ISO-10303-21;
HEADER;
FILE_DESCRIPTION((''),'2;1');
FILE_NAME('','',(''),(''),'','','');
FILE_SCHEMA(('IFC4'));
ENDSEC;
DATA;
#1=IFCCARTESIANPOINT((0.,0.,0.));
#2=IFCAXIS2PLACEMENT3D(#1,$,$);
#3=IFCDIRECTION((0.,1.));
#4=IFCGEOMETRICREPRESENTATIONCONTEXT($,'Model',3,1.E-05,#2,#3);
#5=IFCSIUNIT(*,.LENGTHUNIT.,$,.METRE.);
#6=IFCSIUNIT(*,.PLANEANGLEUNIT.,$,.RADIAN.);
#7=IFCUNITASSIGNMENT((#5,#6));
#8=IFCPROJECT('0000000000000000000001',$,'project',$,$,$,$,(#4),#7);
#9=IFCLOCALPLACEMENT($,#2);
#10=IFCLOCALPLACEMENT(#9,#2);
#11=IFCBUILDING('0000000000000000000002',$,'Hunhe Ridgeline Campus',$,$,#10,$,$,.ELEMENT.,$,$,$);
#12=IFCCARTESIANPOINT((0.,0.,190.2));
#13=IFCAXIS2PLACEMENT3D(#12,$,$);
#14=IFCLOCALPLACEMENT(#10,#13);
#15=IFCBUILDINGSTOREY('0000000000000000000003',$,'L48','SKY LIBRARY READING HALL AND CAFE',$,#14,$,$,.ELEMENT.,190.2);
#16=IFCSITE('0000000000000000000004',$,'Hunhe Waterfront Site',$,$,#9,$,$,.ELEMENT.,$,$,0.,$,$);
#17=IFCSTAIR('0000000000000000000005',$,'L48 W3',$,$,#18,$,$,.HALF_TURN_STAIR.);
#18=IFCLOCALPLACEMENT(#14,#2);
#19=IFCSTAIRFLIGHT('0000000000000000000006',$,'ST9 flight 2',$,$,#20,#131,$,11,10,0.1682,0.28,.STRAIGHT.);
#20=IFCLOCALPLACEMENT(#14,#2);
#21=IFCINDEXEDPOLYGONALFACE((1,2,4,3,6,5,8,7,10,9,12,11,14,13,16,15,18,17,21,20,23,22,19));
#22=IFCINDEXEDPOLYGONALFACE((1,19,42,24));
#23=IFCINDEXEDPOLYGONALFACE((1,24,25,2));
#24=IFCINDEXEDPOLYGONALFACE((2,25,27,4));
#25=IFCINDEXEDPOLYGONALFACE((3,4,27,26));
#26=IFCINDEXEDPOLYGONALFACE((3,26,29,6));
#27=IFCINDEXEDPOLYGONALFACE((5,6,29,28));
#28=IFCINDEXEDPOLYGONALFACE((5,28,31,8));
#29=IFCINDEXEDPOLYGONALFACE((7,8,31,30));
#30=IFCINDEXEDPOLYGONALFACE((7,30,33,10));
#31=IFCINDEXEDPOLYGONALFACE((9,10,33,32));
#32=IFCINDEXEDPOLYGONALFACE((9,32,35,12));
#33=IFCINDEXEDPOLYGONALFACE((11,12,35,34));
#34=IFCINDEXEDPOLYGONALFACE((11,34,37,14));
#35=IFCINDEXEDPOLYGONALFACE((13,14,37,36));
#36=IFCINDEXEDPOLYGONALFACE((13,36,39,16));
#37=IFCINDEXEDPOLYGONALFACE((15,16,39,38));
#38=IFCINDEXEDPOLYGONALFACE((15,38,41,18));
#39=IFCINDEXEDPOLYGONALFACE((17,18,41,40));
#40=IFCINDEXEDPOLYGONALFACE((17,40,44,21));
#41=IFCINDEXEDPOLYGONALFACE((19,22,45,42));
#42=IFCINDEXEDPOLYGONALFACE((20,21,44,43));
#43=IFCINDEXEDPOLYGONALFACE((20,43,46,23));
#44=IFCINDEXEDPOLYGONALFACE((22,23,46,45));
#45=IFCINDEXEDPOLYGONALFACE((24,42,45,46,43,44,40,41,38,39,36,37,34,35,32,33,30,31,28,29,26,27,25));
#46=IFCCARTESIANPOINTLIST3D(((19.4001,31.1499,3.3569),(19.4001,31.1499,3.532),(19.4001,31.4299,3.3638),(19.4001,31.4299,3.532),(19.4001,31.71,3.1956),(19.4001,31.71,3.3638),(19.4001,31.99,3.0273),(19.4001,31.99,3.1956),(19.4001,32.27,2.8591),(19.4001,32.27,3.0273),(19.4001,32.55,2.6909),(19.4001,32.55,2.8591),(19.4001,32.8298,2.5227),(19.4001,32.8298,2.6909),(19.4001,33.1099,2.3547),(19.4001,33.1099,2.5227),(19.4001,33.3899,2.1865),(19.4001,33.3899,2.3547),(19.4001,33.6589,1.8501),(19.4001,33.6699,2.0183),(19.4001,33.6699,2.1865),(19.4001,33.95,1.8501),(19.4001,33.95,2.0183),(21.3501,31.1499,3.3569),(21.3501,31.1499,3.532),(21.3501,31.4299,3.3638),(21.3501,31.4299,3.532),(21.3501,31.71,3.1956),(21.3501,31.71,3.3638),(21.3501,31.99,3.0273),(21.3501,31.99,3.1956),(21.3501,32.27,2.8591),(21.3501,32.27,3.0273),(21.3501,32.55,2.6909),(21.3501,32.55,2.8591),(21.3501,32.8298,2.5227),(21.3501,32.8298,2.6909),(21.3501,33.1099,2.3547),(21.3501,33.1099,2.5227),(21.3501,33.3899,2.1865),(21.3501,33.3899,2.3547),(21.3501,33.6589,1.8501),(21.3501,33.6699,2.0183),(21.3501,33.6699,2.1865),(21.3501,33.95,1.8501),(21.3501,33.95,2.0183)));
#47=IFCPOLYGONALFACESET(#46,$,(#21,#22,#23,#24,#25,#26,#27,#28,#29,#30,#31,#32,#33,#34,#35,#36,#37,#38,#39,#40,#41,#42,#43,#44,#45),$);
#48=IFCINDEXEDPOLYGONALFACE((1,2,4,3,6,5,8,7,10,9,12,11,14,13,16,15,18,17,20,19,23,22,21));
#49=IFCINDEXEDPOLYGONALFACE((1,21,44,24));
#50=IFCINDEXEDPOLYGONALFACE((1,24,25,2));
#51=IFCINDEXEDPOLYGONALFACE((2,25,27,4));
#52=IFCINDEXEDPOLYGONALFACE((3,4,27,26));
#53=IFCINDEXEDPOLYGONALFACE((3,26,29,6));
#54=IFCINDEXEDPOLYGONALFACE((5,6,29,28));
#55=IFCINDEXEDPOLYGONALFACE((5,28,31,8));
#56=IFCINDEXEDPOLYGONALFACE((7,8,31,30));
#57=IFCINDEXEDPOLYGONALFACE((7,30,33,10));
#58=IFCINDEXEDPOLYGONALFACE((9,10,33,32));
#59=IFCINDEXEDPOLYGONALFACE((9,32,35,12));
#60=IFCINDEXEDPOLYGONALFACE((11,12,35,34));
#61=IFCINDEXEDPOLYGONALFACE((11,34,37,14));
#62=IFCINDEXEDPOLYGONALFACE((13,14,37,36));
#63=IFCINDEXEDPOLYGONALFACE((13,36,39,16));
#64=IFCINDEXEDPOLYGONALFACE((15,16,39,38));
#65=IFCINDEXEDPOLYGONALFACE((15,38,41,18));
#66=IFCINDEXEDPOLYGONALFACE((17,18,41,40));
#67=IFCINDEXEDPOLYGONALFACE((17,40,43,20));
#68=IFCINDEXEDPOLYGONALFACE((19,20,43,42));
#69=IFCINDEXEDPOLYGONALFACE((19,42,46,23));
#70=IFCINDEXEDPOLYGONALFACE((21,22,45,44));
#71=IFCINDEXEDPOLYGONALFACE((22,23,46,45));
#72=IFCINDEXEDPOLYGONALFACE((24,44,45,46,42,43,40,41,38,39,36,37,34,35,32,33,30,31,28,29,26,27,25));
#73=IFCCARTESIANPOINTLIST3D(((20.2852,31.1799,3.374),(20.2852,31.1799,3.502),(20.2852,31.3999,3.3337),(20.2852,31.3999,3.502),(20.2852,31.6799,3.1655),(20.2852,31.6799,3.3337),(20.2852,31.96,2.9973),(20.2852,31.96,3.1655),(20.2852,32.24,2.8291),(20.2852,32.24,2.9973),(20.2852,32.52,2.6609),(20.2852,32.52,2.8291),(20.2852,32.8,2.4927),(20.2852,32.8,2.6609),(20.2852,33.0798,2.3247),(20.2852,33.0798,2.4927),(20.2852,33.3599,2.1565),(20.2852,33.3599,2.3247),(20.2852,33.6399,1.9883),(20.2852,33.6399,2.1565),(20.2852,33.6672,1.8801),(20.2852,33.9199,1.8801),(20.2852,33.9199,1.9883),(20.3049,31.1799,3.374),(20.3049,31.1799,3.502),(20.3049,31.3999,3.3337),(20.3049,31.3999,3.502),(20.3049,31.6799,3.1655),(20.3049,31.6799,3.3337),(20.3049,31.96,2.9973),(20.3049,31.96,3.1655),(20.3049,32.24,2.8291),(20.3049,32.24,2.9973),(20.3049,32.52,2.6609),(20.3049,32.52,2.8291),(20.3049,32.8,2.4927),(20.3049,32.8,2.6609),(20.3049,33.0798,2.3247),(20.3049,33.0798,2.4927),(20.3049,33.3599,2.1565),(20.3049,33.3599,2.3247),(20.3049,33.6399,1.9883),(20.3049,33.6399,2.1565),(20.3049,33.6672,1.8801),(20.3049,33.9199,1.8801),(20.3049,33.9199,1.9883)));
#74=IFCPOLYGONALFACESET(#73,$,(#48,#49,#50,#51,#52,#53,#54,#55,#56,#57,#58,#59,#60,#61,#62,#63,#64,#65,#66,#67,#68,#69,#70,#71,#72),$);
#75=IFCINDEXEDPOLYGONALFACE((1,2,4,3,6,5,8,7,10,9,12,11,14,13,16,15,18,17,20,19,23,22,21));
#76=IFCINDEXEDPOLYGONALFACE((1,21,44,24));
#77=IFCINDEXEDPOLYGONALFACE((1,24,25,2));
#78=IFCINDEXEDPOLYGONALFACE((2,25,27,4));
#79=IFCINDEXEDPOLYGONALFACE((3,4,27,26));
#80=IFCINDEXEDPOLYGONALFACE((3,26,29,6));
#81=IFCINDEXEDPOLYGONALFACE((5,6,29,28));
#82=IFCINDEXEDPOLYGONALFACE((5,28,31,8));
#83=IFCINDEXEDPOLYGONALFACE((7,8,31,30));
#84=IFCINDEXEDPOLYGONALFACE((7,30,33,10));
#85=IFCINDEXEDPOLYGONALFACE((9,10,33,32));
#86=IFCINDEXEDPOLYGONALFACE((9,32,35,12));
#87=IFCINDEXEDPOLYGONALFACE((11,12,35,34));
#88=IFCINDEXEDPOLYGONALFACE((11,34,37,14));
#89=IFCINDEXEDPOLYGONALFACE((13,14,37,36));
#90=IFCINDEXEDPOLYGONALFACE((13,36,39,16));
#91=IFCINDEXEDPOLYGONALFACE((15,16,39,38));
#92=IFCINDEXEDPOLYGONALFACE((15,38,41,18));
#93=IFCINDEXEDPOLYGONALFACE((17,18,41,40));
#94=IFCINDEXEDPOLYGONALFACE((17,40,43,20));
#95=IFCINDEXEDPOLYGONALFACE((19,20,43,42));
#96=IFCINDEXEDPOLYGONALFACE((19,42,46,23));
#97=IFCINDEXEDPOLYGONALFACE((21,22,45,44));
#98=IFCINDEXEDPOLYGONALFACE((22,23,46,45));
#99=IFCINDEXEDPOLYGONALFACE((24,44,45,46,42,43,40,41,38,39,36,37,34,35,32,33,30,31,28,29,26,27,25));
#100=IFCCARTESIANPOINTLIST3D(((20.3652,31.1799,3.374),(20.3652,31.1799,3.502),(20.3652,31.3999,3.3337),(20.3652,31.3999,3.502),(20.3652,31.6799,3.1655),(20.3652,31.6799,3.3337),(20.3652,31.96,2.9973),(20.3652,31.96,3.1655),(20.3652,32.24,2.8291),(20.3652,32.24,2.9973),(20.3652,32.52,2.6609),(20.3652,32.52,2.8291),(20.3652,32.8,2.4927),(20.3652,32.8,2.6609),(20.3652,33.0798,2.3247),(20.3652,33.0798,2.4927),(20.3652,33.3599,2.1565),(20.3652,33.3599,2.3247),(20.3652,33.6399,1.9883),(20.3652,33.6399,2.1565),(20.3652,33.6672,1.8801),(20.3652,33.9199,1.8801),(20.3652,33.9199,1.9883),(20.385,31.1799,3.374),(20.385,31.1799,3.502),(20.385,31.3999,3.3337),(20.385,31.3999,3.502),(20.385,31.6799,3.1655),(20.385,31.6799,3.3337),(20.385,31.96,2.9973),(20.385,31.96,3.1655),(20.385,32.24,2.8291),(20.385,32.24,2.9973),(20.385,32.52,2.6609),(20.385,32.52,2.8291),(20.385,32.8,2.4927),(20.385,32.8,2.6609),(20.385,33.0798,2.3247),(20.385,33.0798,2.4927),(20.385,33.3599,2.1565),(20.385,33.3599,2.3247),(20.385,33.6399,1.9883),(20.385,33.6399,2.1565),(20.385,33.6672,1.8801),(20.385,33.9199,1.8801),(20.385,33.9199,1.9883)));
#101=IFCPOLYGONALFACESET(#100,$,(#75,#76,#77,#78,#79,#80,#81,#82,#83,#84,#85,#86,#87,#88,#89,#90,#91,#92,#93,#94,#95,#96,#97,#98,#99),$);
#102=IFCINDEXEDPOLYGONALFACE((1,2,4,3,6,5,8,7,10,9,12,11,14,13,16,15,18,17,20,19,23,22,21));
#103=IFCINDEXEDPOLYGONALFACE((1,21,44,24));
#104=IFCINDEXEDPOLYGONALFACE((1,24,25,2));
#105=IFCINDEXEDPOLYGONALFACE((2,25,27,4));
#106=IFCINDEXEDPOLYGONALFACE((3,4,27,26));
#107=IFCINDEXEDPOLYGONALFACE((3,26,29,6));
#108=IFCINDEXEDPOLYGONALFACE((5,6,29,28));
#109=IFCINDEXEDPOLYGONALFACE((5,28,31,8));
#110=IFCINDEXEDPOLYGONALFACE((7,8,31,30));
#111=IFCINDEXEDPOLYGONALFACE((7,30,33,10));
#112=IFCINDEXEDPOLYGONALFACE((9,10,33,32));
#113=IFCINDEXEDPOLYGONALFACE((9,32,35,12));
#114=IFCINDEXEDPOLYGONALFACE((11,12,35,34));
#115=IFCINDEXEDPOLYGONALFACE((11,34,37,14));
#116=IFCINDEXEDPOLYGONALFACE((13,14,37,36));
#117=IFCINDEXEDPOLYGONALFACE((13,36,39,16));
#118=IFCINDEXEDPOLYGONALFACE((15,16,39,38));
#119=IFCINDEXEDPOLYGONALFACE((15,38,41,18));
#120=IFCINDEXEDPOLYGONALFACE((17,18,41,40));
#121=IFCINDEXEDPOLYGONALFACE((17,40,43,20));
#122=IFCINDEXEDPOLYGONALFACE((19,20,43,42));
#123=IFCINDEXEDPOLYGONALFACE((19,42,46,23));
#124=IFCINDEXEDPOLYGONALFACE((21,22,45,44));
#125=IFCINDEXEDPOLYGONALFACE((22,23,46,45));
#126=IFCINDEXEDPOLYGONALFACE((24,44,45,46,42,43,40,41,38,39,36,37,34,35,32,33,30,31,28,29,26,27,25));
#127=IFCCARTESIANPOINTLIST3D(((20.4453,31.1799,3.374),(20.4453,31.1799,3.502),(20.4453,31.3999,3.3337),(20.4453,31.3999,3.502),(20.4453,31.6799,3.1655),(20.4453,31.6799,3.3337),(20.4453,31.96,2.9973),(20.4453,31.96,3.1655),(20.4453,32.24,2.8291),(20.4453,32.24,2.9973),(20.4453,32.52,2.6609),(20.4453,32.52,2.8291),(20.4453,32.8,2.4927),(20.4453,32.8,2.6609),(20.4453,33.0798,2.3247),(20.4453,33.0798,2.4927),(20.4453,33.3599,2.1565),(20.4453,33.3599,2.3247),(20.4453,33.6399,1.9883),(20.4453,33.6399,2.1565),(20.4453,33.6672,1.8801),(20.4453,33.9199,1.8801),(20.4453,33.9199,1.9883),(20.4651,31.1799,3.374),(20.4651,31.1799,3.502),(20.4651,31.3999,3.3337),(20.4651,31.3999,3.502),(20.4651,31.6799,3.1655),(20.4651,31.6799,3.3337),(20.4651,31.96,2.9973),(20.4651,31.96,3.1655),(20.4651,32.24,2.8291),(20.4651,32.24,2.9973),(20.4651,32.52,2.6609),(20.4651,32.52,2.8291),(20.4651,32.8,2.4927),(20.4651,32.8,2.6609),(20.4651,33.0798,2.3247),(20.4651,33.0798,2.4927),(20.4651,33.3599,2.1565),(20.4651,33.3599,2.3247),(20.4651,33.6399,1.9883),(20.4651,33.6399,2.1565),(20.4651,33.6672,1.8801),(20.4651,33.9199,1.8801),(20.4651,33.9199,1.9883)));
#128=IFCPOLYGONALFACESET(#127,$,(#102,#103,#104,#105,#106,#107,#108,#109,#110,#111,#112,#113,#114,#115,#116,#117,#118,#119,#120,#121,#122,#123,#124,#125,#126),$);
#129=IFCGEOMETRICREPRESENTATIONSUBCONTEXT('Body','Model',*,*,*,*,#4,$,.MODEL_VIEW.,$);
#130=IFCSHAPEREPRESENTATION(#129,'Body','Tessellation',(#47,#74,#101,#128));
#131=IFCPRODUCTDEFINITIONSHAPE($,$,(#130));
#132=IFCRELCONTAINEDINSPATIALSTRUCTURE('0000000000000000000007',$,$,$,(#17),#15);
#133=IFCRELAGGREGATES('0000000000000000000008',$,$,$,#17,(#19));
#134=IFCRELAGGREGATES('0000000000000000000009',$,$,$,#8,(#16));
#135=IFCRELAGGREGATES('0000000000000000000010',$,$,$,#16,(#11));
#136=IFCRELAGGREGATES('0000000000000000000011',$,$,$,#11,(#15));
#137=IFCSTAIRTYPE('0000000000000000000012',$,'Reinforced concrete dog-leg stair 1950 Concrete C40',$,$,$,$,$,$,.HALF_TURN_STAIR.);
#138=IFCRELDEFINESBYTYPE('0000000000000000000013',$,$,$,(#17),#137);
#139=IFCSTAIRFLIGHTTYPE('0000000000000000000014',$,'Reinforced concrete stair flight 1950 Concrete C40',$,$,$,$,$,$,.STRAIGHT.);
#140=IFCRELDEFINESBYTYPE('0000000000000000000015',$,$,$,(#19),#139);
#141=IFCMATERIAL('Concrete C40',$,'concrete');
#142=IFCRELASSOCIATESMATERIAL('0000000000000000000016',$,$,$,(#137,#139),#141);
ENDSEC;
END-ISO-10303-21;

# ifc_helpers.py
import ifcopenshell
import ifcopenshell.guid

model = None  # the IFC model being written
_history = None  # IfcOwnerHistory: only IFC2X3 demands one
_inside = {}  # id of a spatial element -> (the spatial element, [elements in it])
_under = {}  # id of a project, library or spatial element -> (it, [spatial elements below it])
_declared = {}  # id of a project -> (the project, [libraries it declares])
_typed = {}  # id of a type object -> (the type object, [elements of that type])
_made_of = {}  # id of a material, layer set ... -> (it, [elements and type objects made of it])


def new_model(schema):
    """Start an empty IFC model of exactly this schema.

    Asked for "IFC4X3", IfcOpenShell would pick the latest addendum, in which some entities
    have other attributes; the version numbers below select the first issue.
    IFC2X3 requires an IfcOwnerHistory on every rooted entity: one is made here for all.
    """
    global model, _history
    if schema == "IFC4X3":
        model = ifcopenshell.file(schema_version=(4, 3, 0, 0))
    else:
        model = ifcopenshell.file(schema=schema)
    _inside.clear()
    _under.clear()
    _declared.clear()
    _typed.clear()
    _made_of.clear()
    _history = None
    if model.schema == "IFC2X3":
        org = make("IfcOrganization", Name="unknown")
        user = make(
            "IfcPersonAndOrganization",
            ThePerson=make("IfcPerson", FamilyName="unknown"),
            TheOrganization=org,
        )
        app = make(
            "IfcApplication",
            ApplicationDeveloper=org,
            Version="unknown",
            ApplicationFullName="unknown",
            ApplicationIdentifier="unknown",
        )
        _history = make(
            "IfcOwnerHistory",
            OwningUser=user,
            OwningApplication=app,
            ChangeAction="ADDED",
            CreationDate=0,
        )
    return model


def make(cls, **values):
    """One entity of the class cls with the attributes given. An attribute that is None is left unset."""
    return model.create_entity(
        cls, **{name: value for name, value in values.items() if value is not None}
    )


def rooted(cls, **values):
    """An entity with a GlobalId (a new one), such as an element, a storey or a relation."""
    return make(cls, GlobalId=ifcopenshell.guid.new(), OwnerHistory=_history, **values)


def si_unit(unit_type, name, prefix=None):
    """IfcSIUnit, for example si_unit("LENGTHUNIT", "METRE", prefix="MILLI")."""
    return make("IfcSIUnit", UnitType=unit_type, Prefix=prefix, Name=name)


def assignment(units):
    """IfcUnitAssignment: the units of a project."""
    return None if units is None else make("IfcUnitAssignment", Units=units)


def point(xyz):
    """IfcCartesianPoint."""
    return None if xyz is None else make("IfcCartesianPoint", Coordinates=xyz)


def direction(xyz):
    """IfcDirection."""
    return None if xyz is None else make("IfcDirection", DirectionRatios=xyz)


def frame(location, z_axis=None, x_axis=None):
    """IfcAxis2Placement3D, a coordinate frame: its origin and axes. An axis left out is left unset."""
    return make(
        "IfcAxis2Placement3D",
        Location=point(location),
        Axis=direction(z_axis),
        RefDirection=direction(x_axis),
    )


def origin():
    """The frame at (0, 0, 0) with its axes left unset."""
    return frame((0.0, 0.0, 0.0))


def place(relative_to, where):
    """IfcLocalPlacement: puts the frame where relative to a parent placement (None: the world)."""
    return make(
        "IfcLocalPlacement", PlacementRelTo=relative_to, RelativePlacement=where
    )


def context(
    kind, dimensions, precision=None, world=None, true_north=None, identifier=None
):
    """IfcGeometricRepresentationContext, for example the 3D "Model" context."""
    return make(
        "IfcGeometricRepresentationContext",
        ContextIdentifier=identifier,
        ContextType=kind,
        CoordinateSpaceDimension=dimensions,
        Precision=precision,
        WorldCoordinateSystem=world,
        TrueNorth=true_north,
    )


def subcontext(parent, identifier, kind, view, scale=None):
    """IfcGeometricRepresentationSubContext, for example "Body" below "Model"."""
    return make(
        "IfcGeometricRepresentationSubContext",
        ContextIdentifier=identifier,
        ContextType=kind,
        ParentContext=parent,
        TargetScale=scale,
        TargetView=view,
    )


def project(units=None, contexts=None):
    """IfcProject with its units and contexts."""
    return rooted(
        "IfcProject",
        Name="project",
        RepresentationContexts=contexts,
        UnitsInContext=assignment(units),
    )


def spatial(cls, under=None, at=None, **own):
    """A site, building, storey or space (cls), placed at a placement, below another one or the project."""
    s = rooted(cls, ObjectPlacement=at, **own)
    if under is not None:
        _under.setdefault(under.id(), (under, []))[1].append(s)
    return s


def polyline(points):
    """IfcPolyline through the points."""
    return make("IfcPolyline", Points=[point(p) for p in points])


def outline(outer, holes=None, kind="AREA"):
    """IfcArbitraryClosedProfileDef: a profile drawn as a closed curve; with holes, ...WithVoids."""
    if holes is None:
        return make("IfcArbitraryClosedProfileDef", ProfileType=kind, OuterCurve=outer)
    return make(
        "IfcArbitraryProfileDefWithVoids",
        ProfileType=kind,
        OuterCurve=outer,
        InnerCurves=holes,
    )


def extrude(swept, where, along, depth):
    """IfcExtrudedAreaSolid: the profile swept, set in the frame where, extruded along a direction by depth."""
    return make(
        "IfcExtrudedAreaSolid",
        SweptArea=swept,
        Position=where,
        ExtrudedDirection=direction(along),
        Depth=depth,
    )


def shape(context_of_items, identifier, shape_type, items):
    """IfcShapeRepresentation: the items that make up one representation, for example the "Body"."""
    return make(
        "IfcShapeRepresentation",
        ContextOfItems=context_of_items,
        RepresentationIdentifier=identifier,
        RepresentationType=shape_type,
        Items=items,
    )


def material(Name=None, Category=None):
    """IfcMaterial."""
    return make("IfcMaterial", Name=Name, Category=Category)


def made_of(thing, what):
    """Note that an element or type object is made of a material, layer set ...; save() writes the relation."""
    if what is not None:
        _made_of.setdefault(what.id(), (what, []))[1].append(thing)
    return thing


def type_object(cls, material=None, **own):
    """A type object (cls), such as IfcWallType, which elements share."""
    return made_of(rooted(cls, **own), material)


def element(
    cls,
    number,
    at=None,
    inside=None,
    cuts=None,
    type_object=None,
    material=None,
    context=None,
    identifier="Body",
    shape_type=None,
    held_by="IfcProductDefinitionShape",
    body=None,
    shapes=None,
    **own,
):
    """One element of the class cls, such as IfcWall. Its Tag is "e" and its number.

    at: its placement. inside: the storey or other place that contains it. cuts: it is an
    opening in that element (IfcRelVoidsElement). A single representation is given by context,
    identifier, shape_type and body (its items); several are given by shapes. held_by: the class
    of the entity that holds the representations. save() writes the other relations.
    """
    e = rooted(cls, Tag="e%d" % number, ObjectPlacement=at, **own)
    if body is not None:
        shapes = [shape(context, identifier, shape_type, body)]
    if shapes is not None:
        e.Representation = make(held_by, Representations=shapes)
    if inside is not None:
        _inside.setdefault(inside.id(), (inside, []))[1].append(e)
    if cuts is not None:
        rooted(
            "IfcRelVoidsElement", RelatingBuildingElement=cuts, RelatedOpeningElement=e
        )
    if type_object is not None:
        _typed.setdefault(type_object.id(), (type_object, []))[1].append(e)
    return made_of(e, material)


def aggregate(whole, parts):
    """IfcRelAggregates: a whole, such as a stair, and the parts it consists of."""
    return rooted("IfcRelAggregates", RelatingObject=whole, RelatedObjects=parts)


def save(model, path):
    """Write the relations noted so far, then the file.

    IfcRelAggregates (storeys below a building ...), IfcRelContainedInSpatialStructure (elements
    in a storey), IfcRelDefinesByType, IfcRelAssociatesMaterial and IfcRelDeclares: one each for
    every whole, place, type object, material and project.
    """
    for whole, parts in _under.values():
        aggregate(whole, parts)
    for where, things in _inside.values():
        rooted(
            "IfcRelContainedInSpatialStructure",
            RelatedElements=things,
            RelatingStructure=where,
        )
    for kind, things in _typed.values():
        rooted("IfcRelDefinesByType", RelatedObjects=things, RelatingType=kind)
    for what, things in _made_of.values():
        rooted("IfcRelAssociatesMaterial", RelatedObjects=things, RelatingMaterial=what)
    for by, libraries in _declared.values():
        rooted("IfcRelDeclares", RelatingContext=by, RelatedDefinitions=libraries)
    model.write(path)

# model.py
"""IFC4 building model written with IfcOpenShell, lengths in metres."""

from ifc_helpers import new_model, si_unit, direction, frame, origin, place, context, subcontext, project, spatial, polyline, outline, extrude, material, type_object, element, aggregate, save


model = new_model("IFC4")

# Units and contexts
model_context = context("Model", 3, precision=1e-05, world=origin(), true_north=direction((0.0, 1.0)))
body_context = subcontext(model_context, "Body", "Model", "MODEL_VIEW")
ifc_project = project(units=[si_unit("LENGTHUNIT", "METRE"), si_unit("PLANEANGLEUNIT", "RADIAN")], contexts=[model_context])

# Site, building, storey
site_placement = place(None, origin())
site = spatial("IfcSite", under=ifc_project, at=site_placement, Name="Hunhe Waterfront Site", CompositionType="ELEMENT", RefElevation=0.0)
building_placement = place(site_placement, origin())
building = spatial("IfcBuilding", under=site, at=building_placement, Name="Hunhe Ridgeline Campus", CompositionType="ELEMENT")
storey_placement = place(building_placement, frame((0.0, 0.0, 190.2)))
storey = spatial("IfcBuildingStorey", under=building, at=storey_placement, Name="L48", Description="SKY LIBRARY READING HALL AND CAFE", CompositionType="ELEMENT", Elevation=190.2)

# Stair, stair flight
ifc_material_1 = material(Name="Concrete C40", Category="concrete")
stair_type = type_object("IfcStairType", Name="Reinforced concrete dog-leg stair 1950 Concrete C40", PredefinedType="HALF_TURN_STAIR", material=ifc_material_1)
stair_placement = place(storey_placement, origin())
stair = element("IfcStair", 1, at=stair_placement, inside=storey, type_object=stair_type, Name="L48 W3", PredefinedType="HALF_TURN_STAIR")
stair_flight_type = type_object("IfcStairFlightType", Name="Reinforced concrete stair flight 1950 Concrete C40", PredefinedType="STRAIGHT", material=ifc_material_1)
stair_flight_1_placement = place(storey_placement, frame((20.375, 33.95, 1.8501), z_axis=(0.0, 0.0, 1.0), x_axis=(0.0, -1.0, 0.0)))
stair_flight_1 = element("IfcStairFlight", 2, at=stair_flight_1_placement, type_object=stair_flight_type, Name="ST9 flight 2", NumberOfRisers=11, NumberOfTreads=10, PredefinedType="STRAIGHT", RiserHeight=0.1682, TreadLength=0.28, context=body_context, shape_type="SweptSolid", body=[
    extrude(outline(polyline([(0.0, 0.0), (0.0, 0.1682), (0.28, 0.1682), (0.28, 0.3364), (0.5601, 0.3364), (0.5601, 0.5046), (0.8401, 0.5046), (0.8401, 0.6726), (1.1201, 0.6726), (1.1201, 0.8408), (1.3999, 0.8408), (1.3999, 1.009), (1.6799, 1.009), (1.6799, 1.1772), (1.96, 1.1772), (1.96, 1.3455), (2.24, 1.3455), (2.24, 1.5137), (2.52, 1.5137), (2.52, 1.6819), (2.8, 1.6819), (2.8, 1.8501), (2.8, 1.5068), (0.291, 0.0), (0.0, 0.0)])), frame((0.0, 0.9751, 0.0), z_axis=(0.0, -1.0, 0.0), x_axis=(1.0, 0.0, 0.0)), (0.0, 0.0, 1.0), 1.95),
    extrude(outline(polyline([(0.03, 0.03), (0.03, 0.1382), (0.3101, 0.1382), (0.3101, 0.3064), (0.5901, 0.3064), (0.5901, 0.4746), (0.8701, 0.4746), (0.8701, 0.6426), (1.1499, 0.6426), (1.1499, 0.8108), (1.4299, 0.8108), (1.4299, 0.979), (1.71, 0.979), (1.71, 1.1472), (1.99, 1.1472), (1.99, 1.3154), (2.27, 1.3154), (2.27, 1.4836), (2.55, 1.4836), (2.55, 1.6519), (2.77, 1.6519), (2.77, 1.5239), (0.2827, 0.03), (0.03, 0.03)])), frame((0.0, -0.0701, 0.0), z_axis=(0.0, -1.0, 0.0), x_axis=(1.0, 0.0, 0.0)), (0.0, 0.0, 1.0), 0.0198),
    extrude(outline(polyline([(0.03, 0.03), (0.03, 0.1382), (0.3101, 0.1382), (0.3101, 0.3064), (0.5901, 0.3064), (0.5901, 0.4746), (0.8701, 0.4746), (0.8701, 0.6426), (1.1499, 0.6426), (1.1499, 0.8108), (1.4299, 0.8108), (1.4299, 0.979), (1.71, 0.979), (1.71, 1.1472), (1.99, 1.1472), (1.99, 1.3154), (2.27, 1.3154), (2.27, 1.4836), (2.55, 1.4836), (2.55, 1.6519), (2.77, 1.6519), (2.77, 1.5239), (0.2827, 0.03), (0.03, 0.03)])), frame((0.0, 0.01, 0.0), z_axis=(0.0, -1.0, 0.0), x_axis=(1.0, 0.0, 0.0)), (0.0, 0.0, 1.0), 0.0198),
    extrude(outline(polyline([(0.03, 0.03), (0.03, 0.1382), (0.3101, 0.1382), (0.3101, 0.3064), (0.5901, 0.3064), (0.5901, 0.4746), (0.8701, 0.4746), (0.8701, 0.6426), (1.1499, 0.6426), (1.1499, 0.8108), (1.4299, 0.8108), (1.4299, 0.979), (1.71, 0.979), (1.71, 1.1472), (1.99, 1.1472), (1.99, 1.3154), (2.27, 1.3154), (2.27, 1.4836), (2.55, 1.4836), (2.55, 1.6519), (2.77, 1.6519), (2.77, 1.5239), (0.2827, 0.03), (0.03, 0.03)])), frame((0.0, 0.0901, 0.0), z_axis=(0.0, -1.0, 0.0), x_axis=(1.0, 0.0, 0.0)), (0.0, 0.0, 1.0), 0.0198),
])
aggregate(stair, [stair_flight_1])

save(model, "model.ifc")
